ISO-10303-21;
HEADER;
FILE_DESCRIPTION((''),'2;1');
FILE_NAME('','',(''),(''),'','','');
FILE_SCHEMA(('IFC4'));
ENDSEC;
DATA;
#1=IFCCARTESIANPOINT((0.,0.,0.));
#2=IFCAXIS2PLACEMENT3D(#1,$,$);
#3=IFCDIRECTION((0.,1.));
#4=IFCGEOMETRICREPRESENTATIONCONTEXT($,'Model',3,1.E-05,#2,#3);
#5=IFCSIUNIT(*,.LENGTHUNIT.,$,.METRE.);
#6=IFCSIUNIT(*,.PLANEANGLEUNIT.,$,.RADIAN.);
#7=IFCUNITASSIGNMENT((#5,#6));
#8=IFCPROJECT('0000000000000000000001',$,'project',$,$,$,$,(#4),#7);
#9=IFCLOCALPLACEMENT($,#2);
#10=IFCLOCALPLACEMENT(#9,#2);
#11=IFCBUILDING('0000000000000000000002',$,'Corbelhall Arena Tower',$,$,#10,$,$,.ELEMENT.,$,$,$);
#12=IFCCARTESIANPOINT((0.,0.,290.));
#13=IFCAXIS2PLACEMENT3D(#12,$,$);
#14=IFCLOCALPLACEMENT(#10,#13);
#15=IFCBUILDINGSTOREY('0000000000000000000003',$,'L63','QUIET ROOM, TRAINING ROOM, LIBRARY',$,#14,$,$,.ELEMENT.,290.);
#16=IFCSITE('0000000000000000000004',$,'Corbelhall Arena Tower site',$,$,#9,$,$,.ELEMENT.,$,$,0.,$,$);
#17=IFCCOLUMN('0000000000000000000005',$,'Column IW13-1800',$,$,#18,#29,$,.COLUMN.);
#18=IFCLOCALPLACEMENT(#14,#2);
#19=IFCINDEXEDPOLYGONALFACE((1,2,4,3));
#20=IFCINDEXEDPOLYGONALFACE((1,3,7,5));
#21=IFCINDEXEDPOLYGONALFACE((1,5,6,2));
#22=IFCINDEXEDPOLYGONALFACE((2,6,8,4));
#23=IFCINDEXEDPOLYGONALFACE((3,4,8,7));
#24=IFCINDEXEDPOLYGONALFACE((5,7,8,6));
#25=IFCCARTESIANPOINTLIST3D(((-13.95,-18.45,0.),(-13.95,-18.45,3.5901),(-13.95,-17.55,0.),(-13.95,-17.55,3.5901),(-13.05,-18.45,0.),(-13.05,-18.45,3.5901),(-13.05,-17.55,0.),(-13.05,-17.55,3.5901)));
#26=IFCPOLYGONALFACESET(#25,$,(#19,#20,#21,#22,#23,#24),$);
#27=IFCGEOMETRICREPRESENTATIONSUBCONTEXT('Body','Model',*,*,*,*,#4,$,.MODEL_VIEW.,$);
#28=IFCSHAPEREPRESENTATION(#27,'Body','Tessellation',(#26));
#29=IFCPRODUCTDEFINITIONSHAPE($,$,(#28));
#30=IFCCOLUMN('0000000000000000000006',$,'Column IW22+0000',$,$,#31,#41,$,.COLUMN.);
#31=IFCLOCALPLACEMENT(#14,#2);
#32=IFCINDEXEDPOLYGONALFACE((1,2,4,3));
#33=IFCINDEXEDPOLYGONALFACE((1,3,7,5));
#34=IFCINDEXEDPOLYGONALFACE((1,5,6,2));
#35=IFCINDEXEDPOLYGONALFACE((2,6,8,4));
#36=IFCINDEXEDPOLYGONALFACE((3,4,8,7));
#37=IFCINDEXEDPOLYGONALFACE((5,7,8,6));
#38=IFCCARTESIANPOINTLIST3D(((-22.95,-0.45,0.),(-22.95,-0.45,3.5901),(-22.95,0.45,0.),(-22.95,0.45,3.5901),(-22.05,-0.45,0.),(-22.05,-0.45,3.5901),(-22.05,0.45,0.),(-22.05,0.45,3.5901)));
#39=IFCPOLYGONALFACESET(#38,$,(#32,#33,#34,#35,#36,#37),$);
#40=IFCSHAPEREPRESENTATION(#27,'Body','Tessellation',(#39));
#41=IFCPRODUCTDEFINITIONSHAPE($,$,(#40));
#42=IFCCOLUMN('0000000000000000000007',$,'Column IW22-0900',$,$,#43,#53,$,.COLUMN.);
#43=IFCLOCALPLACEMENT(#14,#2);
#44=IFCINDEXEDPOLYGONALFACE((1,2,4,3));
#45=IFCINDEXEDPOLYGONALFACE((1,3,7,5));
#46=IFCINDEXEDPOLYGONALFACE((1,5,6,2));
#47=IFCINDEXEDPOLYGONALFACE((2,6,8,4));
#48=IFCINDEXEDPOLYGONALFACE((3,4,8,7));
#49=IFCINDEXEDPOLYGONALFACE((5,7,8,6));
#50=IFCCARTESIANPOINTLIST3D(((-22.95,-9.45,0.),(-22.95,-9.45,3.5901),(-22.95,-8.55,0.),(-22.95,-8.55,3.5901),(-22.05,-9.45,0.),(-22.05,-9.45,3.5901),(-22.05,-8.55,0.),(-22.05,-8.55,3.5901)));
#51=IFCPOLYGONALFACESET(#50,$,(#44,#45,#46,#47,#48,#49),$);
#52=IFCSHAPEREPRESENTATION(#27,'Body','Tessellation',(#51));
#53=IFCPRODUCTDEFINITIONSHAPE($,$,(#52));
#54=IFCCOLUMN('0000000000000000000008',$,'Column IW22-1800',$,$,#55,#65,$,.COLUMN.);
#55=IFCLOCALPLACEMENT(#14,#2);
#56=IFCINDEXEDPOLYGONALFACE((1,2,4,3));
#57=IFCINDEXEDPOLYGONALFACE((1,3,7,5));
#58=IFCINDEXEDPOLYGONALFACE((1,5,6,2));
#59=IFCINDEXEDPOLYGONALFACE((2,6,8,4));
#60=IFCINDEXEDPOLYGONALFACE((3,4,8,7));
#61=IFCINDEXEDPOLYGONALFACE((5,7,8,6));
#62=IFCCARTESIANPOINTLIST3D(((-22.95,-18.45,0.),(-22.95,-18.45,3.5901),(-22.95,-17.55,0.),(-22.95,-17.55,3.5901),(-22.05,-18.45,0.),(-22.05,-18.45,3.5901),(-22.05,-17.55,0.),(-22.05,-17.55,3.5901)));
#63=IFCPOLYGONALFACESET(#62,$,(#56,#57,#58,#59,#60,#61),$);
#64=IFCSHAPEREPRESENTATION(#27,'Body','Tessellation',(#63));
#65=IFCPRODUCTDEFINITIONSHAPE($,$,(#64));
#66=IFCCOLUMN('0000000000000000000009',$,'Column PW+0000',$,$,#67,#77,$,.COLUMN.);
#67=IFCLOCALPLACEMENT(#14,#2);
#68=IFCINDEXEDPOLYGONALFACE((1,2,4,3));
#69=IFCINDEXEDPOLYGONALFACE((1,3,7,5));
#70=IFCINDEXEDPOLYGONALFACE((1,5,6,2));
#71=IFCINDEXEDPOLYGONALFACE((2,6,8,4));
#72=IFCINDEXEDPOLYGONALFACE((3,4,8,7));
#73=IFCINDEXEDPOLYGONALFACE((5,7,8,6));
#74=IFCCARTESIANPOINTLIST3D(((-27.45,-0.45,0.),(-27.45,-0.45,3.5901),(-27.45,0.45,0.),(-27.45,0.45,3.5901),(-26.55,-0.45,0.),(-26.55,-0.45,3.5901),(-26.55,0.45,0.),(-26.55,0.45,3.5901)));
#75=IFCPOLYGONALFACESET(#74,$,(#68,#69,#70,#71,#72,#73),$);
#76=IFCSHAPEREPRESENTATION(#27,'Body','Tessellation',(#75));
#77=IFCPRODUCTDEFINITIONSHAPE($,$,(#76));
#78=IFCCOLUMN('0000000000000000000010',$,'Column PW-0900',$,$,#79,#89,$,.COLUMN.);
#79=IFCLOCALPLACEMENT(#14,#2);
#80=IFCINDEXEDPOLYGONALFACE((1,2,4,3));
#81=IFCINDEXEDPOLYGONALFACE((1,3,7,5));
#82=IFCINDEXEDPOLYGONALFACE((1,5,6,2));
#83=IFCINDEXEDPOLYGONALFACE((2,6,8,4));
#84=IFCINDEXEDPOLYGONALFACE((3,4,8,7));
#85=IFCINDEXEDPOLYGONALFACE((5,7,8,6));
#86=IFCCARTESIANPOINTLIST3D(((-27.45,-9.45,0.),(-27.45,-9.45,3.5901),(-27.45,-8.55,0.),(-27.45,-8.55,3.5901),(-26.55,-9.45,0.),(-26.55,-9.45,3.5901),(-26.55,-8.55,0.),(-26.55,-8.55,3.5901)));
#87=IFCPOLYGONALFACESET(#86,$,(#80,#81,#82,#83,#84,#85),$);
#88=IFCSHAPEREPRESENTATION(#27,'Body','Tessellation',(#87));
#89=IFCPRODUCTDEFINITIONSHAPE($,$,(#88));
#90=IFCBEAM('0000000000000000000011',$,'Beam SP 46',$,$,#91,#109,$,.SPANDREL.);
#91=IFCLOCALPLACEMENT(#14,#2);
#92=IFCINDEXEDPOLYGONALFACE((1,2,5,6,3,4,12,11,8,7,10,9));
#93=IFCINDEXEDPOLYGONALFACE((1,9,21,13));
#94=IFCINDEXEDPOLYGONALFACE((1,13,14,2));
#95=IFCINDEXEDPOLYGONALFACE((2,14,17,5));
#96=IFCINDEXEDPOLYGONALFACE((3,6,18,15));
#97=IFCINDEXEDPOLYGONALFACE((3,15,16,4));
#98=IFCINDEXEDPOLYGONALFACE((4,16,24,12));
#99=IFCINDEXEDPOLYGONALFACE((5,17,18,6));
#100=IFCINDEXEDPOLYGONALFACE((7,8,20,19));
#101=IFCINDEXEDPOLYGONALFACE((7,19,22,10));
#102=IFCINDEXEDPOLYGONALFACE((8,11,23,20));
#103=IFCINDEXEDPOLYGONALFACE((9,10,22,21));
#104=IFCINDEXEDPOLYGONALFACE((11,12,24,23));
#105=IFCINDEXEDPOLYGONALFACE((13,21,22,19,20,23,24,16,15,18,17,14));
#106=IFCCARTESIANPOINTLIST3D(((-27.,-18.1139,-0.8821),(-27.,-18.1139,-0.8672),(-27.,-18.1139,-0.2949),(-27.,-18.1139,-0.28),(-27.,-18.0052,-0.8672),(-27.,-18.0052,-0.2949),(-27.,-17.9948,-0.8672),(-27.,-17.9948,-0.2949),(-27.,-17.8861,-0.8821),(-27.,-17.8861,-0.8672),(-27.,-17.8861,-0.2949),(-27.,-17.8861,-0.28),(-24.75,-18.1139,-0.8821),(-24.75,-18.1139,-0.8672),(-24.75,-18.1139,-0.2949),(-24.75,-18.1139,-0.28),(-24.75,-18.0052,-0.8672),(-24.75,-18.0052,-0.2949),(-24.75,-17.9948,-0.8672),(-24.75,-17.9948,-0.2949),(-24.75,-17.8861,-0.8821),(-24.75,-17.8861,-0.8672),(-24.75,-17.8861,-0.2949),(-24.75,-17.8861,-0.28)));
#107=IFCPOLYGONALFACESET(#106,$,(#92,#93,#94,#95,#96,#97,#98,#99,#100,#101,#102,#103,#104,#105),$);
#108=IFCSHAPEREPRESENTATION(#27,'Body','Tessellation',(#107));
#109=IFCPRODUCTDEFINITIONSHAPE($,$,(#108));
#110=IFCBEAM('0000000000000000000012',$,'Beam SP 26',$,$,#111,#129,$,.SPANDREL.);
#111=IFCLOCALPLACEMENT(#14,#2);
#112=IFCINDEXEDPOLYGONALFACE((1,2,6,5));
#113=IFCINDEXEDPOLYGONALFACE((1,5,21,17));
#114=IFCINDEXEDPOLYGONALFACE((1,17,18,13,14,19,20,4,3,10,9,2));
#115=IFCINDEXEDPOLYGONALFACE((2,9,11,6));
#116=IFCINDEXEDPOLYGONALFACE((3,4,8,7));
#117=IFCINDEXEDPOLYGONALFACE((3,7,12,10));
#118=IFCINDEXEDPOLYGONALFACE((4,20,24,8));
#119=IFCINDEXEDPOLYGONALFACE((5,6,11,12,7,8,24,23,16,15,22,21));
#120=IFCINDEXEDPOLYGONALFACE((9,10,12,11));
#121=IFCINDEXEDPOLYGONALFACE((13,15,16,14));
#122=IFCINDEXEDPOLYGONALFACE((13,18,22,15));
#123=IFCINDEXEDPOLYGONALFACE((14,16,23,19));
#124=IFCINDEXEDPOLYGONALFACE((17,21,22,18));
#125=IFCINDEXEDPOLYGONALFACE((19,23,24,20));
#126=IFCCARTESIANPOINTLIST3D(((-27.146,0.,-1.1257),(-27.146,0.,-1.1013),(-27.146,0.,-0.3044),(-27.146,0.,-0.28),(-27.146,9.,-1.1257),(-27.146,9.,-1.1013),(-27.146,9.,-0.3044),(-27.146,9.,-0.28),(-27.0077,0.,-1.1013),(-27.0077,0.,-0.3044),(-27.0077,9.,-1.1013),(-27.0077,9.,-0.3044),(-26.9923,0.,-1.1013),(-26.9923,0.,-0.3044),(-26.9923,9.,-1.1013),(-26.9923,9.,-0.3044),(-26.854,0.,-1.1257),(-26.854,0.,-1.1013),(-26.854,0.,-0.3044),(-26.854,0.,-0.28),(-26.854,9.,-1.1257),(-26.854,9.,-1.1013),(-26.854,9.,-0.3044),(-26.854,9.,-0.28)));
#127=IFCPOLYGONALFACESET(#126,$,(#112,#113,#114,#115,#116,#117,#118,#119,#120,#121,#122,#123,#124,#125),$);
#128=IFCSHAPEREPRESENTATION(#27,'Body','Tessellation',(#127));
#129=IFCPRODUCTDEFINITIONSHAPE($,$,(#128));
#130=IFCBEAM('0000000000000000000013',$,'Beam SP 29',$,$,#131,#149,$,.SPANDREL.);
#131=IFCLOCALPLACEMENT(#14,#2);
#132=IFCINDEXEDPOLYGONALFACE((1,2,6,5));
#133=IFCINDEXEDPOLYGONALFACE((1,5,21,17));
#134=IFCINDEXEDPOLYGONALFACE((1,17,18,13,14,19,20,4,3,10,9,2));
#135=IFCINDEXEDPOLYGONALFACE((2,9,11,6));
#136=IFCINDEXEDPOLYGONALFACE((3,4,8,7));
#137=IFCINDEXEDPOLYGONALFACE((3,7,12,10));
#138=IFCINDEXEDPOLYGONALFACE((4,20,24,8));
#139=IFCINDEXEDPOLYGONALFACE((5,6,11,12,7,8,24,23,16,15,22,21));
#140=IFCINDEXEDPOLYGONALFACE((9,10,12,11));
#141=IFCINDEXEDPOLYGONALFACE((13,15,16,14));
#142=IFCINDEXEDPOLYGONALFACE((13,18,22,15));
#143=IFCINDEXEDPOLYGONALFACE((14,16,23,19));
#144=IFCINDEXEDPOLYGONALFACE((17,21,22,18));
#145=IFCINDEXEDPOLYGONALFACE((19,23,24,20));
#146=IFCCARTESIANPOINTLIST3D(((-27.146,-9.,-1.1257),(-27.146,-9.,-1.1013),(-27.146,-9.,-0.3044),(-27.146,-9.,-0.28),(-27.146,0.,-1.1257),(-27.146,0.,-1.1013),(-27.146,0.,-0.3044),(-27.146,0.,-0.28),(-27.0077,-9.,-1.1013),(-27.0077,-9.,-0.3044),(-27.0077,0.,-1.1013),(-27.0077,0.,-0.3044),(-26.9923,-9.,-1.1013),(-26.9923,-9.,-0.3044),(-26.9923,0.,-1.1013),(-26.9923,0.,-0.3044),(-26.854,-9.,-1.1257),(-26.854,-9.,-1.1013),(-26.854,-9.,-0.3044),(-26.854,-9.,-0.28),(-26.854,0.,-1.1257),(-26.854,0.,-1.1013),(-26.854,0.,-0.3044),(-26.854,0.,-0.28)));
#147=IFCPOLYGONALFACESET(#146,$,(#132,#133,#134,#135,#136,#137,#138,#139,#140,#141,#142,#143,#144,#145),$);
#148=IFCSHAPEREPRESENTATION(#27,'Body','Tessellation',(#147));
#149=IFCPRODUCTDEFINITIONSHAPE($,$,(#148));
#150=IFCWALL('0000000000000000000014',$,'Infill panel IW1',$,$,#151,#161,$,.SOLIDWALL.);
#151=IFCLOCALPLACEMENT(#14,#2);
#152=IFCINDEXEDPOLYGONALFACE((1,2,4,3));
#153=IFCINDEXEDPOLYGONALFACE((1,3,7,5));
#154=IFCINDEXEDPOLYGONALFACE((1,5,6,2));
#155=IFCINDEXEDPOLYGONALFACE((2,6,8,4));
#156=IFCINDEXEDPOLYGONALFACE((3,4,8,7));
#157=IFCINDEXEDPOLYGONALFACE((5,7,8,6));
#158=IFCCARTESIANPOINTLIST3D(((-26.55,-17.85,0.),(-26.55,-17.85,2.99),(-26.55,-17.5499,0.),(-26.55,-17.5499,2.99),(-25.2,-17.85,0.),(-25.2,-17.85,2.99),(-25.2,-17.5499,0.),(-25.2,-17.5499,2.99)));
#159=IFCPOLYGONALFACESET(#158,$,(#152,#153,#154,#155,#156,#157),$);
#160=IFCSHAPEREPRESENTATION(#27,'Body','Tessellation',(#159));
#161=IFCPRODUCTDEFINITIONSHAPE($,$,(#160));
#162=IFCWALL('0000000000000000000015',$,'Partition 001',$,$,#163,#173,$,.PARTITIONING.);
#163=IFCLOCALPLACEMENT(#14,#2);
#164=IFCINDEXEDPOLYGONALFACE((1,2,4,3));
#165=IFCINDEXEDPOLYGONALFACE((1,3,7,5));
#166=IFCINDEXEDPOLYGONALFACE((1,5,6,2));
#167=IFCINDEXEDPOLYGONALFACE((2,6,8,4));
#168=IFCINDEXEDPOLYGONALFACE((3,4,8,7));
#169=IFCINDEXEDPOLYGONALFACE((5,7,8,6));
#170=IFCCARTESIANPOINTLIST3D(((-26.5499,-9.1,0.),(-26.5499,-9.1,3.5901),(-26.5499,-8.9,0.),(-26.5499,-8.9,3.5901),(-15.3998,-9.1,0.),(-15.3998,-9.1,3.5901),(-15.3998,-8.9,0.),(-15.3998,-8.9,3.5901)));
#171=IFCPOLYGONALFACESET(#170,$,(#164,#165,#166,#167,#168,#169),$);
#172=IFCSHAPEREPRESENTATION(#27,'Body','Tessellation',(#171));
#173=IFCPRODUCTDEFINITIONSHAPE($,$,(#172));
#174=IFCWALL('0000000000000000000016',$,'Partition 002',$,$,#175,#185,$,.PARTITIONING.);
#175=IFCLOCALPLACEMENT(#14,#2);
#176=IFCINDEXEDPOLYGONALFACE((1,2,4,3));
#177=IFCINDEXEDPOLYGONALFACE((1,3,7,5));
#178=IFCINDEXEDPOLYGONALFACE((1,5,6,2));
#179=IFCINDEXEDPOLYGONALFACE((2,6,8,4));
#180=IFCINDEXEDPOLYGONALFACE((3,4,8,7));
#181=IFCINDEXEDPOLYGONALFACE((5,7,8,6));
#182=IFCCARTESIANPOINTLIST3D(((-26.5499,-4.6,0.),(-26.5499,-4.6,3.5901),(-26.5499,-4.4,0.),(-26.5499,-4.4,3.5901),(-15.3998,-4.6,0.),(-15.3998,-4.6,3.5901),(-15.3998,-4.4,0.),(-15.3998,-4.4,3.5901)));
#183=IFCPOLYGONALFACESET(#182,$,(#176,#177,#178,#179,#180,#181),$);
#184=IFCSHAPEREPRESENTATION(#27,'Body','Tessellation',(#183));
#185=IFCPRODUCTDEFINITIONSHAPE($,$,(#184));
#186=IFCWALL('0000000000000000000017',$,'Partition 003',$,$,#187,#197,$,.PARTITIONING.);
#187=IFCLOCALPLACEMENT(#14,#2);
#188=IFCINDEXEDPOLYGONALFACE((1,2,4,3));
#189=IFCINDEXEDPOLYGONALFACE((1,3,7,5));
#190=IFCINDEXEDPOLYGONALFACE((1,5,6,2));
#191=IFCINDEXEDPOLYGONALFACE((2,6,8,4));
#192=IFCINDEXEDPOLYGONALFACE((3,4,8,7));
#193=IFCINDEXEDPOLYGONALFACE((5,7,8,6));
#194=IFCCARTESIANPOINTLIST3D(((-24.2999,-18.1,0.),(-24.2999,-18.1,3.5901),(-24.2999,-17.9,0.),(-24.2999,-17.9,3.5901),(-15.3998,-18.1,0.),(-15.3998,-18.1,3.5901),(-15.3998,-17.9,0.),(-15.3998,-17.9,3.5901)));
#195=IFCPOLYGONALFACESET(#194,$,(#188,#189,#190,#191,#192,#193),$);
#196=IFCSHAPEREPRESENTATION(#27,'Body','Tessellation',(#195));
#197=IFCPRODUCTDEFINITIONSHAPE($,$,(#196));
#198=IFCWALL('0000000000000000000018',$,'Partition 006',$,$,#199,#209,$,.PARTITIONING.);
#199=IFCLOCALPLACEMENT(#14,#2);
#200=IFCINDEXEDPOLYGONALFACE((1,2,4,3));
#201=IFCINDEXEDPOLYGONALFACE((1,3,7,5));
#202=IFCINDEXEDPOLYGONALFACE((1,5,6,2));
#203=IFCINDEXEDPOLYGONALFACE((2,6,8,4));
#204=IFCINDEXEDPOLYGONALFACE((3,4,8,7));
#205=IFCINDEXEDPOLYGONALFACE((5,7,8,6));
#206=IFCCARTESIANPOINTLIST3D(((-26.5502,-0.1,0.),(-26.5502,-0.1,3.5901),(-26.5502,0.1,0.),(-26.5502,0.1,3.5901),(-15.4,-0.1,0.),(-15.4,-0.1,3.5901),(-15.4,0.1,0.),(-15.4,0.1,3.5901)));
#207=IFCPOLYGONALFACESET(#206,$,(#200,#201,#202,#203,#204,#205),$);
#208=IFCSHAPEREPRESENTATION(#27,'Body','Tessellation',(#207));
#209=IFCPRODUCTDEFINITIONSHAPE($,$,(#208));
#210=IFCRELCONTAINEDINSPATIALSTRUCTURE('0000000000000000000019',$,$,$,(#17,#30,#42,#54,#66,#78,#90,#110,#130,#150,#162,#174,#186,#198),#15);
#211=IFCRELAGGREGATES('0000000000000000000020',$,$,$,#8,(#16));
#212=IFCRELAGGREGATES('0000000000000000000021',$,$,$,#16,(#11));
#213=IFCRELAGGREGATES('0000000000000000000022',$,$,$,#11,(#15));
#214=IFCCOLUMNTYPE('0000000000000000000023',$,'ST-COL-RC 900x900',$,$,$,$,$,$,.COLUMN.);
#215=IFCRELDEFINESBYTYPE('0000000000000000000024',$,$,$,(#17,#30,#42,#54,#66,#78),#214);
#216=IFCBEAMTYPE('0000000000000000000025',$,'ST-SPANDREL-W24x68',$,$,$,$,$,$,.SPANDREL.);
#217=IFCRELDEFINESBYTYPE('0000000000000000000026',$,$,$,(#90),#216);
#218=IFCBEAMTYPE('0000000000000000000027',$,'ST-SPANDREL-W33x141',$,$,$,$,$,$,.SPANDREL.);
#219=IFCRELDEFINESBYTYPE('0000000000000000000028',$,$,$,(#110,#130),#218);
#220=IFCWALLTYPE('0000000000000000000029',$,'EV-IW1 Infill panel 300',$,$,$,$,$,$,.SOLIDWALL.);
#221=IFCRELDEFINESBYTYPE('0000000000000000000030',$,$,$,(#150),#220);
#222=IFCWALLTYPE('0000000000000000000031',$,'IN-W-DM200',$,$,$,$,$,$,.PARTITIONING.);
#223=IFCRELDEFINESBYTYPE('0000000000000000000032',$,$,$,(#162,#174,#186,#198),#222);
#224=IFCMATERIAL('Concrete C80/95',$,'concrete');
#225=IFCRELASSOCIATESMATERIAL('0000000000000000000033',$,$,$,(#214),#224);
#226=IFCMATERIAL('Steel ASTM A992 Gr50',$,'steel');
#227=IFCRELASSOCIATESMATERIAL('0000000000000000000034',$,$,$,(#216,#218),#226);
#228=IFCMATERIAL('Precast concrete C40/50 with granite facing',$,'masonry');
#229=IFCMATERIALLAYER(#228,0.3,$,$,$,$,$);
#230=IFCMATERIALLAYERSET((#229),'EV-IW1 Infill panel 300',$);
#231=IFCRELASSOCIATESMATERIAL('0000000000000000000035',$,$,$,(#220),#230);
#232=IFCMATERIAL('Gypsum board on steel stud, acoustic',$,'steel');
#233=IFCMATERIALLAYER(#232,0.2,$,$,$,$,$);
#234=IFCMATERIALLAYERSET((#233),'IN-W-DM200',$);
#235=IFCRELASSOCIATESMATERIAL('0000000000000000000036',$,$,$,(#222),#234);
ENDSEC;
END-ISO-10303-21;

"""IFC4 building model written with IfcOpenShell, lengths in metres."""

from ifc_helpers import new_model, si_unit, direction, frame, frame_2d, origin, origin_2d, place, context, subcontext, project, spatial, rectangle, i_section, extrude, material, layer, layer_set, material_profile, profile_set, type_object, element, save


model = new_model("IFC4")

# Units and contexts
model_context = context("Model", 3, precision=1e-05, world=origin(), true_north=direction((0.0, 1.0)))
body_context = subcontext(model_context, "Body", "Model", "MODEL_VIEW")
ifc_project = project(units=[si_unit("LENGTHUNIT", "METRE"), si_unit("PLANEANGLEUNIT", "RADIAN")], contexts=[model_context])

# Site, building, storey
site_placement = place(None, origin())
site = spatial("IfcSite", under=ifc_project, at=site_placement, Name="Corbelhall Arena Tower site", CompositionType="ELEMENT", RefElevation=0.0)
building_placement = place(site_placement, origin())
building = spatial("IfcBuilding", under=site, at=building_placement, Name="Corbelhall Arena Tower", CompositionType="ELEMENT")
storey_placement = place(building_placement, frame((0.0, 0.0, 290.0)))
storey = spatial("IfcBuildingStorey", under=building, at=storey_placement, Name="L63", Description="QUIET ROOM, TRAINING ROOM, LIBRARY", CompositionType="ELEMENT", Elevation=290.0)

# Columns
ifc_material_1 = material(Name="Concrete C80/95", Category="concrete")
ifc_material_profile_1 = material_profile(ifc_material_1, rectangle(XDim=0.8999, YDim=0.8999, at=origin_2d()))
ifc_profile_set_1 = profile_set([ifc_material_profile_1], Name="Concrete C80/95")
column_type = type_object("IfcColumnType", Name="ST-COL-RC 900x900", PredefinedType="COLUMN", material=ifc_profile_set_1)
for number, where, z_axis, x_axis, name in (
    (1, (-13.5, -18.0, 0.0), (0.0, 0.0, 1.0), (1.0, 0.0, 0.0), "Column IW13-1800"),
    (2, (-22.5, 0.0, 0.0), (0.0, 0.0, 1.0), (1.0, 0.0, 0.0), "Column IW22+0000"),
    (3, (-22.5, -9.0, 0.0), (0.0, 0.0, 1.0), (1.0, 0.0, 0.0), "Column IW22-0900"),
    (4, (-22.5, -18.0, 0.0), (0.0, 0.0, 1.0), (1.0, 0.0, 0.0), "Column IW22-1800"),
    (5, (-27.0, 0.0, 0.0), (0.0, 0.0, 1.0), (0.0, 1.0, 0.0), "Column PW+0000"),
    (6, (-27.0, -9.0, 0.0), (0.0, 0.0, 1.0), (0.0, 1.0, 0.0), "Column PW-0900"),
):
    element("IfcColumn", number, at=place(storey_placement, frame(where, z_axis=z_axis, x_axis=x_axis)), inside=storey, type_object=column_type, Name=name, PredefinedType="COLUMN", context=body_context, shape_type="SweptSolid", body=[
        extrude(rectangle(XDim=0.8999, YDim=0.8999, at=origin_2d()), origin(), (0.0, 0.0, 1.0), 3.5901),
    ])

# Beams
ifc_material_2 = material(Name="Steel ASTM A992 Gr50", Category="steel")
ifc_material_profile_2 = material_profile(ifc_material_2, i_section(OverallWidth=0.2278, OverallDepth=0.6021, WebThickness=0.0105, FlangeThickness=0.0149, at=origin_2d()))
ifc_profile_set_2 = profile_set([ifc_material_profile_2], Name="Steel ASTM A992 Gr50")
beam_type_1 = type_object("IfcBeamType", Name="ST-SPANDREL-W24x68", PredefinedType="SPANDREL", material=ifc_profile_set_2)
beam_placement = place(storey_placement, frame((-24.75, -18.0, -0.5811), z_axis=(-1.0, 0.0, 0.0), x_axis=(0.0, -1.0, 0.0)))
element("IfcBeam", 7, at=beam_placement, inside=storey, type_object=beam_type_1, Name="Beam SP 46", PredefinedType="SPANDREL", context=body_context, shape_type="SweptSolid", body=[
    extrude(i_section(OverallWidth=0.2278, OverallDepth=0.6021, WebThickness=0.0105, FlangeThickness=0.0149, at=origin_2d()), origin(), (0.0, 0.0, 1.0), 2.25),
])
ifc_material_profile_3 = material_profile(ifc_material_2, i_section(OverallWidth=0.292, OverallDepth=0.8457, WebThickness=0.0154, FlangeThickness=0.0244, at=origin_2d()))
ifc_profile_set_3 = profile_set([ifc_material_profile_3], Name="Steel ASTM A992 Gr50")
beam_type_2 = type_object("IfcBeamType", Name="ST-SPANDREL-W33x141", PredefinedType="SPANDREL", material=ifc_profile_set_3)
for number, where, z_axis, x_axis, name in (
    (8, (-27.0, 0.0, -0.7029), (0.0, 1.0, 0.0), (-1.0, 0.0, 0.0), "Beam SP 26"),
    (9, (-27.0, -9.0, -0.7029), (0.0, 1.0, 0.0), (-1.0, 0.0, 0.0), "Beam SP 29"),
):
    element("IfcBeam", number, at=place(storey_placement, frame(where, z_axis=z_axis, x_axis=x_axis)), inside=storey, type_object=beam_type_2, Name=name, PredefinedType="SPANDREL", context=body_context, shape_type="SweptSolid", body=[
        extrude(i_section(OverallWidth=0.292, OverallDepth=0.8457, WebThickness=0.0154, FlangeThickness=0.0244, at=origin_2d()), origin(), (0.0, 0.0, 1.0), 9.0),
    ])

# Shared definitions
ifc_material_3 = material(Name="Precast concrete C40/50 with granite facing", Category="masonry")
ifc_layer_1 = layer(ifc_material_3, 0.3)
ifc_layer_set_1 = layer_set([ifc_layer_1], Name="EV-IW1 Infill panel 300")
wall_type_1 = type_object("IfcWallType", Name="EV-IW1 Infill panel 300", PredefinedType="SOLIDWALL", material=ifc_layer_set_1)

# Walls
wall_1_placement = place(storey_placement, frame((-26.55, -17.7, 0.0), z_axis=(0.0, 0.0, 1.0), x_axis=(1.0, 0.0, 0.0)))
element("IfcWall", 10, at=wall_1_placement, inside=storey, type_object=wall_type_1, Name="Infill panel IW1", PredefinedType="SOLIDWALL", context=body_context, shape_type="SweptSolid", body=[
    extrude(rectangle(XDim=1.3501, YDim=0.3, at=frame_2d((0.675, 0.0))), origin(), (0.0, 0.0, 1.0), 2.99),
])
ifc_material_4 = material(Name="Gypsum board on steel stud, acoustic", Category="steel")
ifc_layer_2 = layer(ifc_material_4, 0.2)
ifc_layer_set_2 = layer_set([ifc_layer_2], Name="IN-W-DM200")
wall_type_2 = type_object("IfcWallType", Name="IN-W-DM200", PredefinedType="PARTITIONING", material=ifc_layer_set_2)
for number, where, z_axis, x_axis, name in (
    (11, (-26.55, -9.0, 0.0), (0.0, 0.0, 1.0), (1.0, 0.0, 0.0), "Partition 001"),
    (12, (-26.55, -4.5, 0.0), (0.0, 0.0, 1.0), (1.0, 0.0, 0.0), "Partition 002"),
):
    element("IfcWall", number, at=place(storey_placement, frame(where, z_axis=z_axis, x_axis=x_axis)), inside=storey, type_object=wall_type_2, Name=name, PredefinedType="PARTITIONING", context=body_context, shape_type="SweptSolid", body=[
        extrude(rectangle(XDim=11.1501, YDim=0.2, at=frame_2d((5.5752, 0.0))), origin(), (0.0, 0.0, 1.0), 3.5901),
    ])
wall_2_placement = place(storey_placement, frame((-24.3, -18.0, 0.0), z_axis=(0.0, 0.0, 1.0), x_axis=(1.0, 0.0, 0.0)))
element("IfcWall", 13, at=wall_2_placement, inside=storey, type_object=wall_type_2, Name="Partition 003", PredefinedType="PARTITIONING", context=body_context, shape_type="SweptSolid", body=[
    extrude(rectangle(XDim=8.9001, YDim=0.2, at=frame_2d((4.4502, 0.0))), origin(), (0.0, 0.0, 1.0), 3.5901),
])
wall_3_placement = place(storey_placement, frame((-15.3999, 0.0, 0.0), z_axis=(0.0, 0.0, 1.0), x_axis=(-1.0, 0.0, 0.0)))
element("IfcWall", 14, at=wall_3_placement, inside=storey, type_object=wall_type_2, Name="Partition 006", PredefinedType="PARTITIONING", context=body_context, shape_type="SweptSolid", body=[
    extrude(rectangle(XDim=11.1501, YDim=0.2, at=frame_2d((5.5752, 0.0))), origin(), (0.0, 0.0, 1.0), 3.5901),
])

save(model, "model.ifc")
